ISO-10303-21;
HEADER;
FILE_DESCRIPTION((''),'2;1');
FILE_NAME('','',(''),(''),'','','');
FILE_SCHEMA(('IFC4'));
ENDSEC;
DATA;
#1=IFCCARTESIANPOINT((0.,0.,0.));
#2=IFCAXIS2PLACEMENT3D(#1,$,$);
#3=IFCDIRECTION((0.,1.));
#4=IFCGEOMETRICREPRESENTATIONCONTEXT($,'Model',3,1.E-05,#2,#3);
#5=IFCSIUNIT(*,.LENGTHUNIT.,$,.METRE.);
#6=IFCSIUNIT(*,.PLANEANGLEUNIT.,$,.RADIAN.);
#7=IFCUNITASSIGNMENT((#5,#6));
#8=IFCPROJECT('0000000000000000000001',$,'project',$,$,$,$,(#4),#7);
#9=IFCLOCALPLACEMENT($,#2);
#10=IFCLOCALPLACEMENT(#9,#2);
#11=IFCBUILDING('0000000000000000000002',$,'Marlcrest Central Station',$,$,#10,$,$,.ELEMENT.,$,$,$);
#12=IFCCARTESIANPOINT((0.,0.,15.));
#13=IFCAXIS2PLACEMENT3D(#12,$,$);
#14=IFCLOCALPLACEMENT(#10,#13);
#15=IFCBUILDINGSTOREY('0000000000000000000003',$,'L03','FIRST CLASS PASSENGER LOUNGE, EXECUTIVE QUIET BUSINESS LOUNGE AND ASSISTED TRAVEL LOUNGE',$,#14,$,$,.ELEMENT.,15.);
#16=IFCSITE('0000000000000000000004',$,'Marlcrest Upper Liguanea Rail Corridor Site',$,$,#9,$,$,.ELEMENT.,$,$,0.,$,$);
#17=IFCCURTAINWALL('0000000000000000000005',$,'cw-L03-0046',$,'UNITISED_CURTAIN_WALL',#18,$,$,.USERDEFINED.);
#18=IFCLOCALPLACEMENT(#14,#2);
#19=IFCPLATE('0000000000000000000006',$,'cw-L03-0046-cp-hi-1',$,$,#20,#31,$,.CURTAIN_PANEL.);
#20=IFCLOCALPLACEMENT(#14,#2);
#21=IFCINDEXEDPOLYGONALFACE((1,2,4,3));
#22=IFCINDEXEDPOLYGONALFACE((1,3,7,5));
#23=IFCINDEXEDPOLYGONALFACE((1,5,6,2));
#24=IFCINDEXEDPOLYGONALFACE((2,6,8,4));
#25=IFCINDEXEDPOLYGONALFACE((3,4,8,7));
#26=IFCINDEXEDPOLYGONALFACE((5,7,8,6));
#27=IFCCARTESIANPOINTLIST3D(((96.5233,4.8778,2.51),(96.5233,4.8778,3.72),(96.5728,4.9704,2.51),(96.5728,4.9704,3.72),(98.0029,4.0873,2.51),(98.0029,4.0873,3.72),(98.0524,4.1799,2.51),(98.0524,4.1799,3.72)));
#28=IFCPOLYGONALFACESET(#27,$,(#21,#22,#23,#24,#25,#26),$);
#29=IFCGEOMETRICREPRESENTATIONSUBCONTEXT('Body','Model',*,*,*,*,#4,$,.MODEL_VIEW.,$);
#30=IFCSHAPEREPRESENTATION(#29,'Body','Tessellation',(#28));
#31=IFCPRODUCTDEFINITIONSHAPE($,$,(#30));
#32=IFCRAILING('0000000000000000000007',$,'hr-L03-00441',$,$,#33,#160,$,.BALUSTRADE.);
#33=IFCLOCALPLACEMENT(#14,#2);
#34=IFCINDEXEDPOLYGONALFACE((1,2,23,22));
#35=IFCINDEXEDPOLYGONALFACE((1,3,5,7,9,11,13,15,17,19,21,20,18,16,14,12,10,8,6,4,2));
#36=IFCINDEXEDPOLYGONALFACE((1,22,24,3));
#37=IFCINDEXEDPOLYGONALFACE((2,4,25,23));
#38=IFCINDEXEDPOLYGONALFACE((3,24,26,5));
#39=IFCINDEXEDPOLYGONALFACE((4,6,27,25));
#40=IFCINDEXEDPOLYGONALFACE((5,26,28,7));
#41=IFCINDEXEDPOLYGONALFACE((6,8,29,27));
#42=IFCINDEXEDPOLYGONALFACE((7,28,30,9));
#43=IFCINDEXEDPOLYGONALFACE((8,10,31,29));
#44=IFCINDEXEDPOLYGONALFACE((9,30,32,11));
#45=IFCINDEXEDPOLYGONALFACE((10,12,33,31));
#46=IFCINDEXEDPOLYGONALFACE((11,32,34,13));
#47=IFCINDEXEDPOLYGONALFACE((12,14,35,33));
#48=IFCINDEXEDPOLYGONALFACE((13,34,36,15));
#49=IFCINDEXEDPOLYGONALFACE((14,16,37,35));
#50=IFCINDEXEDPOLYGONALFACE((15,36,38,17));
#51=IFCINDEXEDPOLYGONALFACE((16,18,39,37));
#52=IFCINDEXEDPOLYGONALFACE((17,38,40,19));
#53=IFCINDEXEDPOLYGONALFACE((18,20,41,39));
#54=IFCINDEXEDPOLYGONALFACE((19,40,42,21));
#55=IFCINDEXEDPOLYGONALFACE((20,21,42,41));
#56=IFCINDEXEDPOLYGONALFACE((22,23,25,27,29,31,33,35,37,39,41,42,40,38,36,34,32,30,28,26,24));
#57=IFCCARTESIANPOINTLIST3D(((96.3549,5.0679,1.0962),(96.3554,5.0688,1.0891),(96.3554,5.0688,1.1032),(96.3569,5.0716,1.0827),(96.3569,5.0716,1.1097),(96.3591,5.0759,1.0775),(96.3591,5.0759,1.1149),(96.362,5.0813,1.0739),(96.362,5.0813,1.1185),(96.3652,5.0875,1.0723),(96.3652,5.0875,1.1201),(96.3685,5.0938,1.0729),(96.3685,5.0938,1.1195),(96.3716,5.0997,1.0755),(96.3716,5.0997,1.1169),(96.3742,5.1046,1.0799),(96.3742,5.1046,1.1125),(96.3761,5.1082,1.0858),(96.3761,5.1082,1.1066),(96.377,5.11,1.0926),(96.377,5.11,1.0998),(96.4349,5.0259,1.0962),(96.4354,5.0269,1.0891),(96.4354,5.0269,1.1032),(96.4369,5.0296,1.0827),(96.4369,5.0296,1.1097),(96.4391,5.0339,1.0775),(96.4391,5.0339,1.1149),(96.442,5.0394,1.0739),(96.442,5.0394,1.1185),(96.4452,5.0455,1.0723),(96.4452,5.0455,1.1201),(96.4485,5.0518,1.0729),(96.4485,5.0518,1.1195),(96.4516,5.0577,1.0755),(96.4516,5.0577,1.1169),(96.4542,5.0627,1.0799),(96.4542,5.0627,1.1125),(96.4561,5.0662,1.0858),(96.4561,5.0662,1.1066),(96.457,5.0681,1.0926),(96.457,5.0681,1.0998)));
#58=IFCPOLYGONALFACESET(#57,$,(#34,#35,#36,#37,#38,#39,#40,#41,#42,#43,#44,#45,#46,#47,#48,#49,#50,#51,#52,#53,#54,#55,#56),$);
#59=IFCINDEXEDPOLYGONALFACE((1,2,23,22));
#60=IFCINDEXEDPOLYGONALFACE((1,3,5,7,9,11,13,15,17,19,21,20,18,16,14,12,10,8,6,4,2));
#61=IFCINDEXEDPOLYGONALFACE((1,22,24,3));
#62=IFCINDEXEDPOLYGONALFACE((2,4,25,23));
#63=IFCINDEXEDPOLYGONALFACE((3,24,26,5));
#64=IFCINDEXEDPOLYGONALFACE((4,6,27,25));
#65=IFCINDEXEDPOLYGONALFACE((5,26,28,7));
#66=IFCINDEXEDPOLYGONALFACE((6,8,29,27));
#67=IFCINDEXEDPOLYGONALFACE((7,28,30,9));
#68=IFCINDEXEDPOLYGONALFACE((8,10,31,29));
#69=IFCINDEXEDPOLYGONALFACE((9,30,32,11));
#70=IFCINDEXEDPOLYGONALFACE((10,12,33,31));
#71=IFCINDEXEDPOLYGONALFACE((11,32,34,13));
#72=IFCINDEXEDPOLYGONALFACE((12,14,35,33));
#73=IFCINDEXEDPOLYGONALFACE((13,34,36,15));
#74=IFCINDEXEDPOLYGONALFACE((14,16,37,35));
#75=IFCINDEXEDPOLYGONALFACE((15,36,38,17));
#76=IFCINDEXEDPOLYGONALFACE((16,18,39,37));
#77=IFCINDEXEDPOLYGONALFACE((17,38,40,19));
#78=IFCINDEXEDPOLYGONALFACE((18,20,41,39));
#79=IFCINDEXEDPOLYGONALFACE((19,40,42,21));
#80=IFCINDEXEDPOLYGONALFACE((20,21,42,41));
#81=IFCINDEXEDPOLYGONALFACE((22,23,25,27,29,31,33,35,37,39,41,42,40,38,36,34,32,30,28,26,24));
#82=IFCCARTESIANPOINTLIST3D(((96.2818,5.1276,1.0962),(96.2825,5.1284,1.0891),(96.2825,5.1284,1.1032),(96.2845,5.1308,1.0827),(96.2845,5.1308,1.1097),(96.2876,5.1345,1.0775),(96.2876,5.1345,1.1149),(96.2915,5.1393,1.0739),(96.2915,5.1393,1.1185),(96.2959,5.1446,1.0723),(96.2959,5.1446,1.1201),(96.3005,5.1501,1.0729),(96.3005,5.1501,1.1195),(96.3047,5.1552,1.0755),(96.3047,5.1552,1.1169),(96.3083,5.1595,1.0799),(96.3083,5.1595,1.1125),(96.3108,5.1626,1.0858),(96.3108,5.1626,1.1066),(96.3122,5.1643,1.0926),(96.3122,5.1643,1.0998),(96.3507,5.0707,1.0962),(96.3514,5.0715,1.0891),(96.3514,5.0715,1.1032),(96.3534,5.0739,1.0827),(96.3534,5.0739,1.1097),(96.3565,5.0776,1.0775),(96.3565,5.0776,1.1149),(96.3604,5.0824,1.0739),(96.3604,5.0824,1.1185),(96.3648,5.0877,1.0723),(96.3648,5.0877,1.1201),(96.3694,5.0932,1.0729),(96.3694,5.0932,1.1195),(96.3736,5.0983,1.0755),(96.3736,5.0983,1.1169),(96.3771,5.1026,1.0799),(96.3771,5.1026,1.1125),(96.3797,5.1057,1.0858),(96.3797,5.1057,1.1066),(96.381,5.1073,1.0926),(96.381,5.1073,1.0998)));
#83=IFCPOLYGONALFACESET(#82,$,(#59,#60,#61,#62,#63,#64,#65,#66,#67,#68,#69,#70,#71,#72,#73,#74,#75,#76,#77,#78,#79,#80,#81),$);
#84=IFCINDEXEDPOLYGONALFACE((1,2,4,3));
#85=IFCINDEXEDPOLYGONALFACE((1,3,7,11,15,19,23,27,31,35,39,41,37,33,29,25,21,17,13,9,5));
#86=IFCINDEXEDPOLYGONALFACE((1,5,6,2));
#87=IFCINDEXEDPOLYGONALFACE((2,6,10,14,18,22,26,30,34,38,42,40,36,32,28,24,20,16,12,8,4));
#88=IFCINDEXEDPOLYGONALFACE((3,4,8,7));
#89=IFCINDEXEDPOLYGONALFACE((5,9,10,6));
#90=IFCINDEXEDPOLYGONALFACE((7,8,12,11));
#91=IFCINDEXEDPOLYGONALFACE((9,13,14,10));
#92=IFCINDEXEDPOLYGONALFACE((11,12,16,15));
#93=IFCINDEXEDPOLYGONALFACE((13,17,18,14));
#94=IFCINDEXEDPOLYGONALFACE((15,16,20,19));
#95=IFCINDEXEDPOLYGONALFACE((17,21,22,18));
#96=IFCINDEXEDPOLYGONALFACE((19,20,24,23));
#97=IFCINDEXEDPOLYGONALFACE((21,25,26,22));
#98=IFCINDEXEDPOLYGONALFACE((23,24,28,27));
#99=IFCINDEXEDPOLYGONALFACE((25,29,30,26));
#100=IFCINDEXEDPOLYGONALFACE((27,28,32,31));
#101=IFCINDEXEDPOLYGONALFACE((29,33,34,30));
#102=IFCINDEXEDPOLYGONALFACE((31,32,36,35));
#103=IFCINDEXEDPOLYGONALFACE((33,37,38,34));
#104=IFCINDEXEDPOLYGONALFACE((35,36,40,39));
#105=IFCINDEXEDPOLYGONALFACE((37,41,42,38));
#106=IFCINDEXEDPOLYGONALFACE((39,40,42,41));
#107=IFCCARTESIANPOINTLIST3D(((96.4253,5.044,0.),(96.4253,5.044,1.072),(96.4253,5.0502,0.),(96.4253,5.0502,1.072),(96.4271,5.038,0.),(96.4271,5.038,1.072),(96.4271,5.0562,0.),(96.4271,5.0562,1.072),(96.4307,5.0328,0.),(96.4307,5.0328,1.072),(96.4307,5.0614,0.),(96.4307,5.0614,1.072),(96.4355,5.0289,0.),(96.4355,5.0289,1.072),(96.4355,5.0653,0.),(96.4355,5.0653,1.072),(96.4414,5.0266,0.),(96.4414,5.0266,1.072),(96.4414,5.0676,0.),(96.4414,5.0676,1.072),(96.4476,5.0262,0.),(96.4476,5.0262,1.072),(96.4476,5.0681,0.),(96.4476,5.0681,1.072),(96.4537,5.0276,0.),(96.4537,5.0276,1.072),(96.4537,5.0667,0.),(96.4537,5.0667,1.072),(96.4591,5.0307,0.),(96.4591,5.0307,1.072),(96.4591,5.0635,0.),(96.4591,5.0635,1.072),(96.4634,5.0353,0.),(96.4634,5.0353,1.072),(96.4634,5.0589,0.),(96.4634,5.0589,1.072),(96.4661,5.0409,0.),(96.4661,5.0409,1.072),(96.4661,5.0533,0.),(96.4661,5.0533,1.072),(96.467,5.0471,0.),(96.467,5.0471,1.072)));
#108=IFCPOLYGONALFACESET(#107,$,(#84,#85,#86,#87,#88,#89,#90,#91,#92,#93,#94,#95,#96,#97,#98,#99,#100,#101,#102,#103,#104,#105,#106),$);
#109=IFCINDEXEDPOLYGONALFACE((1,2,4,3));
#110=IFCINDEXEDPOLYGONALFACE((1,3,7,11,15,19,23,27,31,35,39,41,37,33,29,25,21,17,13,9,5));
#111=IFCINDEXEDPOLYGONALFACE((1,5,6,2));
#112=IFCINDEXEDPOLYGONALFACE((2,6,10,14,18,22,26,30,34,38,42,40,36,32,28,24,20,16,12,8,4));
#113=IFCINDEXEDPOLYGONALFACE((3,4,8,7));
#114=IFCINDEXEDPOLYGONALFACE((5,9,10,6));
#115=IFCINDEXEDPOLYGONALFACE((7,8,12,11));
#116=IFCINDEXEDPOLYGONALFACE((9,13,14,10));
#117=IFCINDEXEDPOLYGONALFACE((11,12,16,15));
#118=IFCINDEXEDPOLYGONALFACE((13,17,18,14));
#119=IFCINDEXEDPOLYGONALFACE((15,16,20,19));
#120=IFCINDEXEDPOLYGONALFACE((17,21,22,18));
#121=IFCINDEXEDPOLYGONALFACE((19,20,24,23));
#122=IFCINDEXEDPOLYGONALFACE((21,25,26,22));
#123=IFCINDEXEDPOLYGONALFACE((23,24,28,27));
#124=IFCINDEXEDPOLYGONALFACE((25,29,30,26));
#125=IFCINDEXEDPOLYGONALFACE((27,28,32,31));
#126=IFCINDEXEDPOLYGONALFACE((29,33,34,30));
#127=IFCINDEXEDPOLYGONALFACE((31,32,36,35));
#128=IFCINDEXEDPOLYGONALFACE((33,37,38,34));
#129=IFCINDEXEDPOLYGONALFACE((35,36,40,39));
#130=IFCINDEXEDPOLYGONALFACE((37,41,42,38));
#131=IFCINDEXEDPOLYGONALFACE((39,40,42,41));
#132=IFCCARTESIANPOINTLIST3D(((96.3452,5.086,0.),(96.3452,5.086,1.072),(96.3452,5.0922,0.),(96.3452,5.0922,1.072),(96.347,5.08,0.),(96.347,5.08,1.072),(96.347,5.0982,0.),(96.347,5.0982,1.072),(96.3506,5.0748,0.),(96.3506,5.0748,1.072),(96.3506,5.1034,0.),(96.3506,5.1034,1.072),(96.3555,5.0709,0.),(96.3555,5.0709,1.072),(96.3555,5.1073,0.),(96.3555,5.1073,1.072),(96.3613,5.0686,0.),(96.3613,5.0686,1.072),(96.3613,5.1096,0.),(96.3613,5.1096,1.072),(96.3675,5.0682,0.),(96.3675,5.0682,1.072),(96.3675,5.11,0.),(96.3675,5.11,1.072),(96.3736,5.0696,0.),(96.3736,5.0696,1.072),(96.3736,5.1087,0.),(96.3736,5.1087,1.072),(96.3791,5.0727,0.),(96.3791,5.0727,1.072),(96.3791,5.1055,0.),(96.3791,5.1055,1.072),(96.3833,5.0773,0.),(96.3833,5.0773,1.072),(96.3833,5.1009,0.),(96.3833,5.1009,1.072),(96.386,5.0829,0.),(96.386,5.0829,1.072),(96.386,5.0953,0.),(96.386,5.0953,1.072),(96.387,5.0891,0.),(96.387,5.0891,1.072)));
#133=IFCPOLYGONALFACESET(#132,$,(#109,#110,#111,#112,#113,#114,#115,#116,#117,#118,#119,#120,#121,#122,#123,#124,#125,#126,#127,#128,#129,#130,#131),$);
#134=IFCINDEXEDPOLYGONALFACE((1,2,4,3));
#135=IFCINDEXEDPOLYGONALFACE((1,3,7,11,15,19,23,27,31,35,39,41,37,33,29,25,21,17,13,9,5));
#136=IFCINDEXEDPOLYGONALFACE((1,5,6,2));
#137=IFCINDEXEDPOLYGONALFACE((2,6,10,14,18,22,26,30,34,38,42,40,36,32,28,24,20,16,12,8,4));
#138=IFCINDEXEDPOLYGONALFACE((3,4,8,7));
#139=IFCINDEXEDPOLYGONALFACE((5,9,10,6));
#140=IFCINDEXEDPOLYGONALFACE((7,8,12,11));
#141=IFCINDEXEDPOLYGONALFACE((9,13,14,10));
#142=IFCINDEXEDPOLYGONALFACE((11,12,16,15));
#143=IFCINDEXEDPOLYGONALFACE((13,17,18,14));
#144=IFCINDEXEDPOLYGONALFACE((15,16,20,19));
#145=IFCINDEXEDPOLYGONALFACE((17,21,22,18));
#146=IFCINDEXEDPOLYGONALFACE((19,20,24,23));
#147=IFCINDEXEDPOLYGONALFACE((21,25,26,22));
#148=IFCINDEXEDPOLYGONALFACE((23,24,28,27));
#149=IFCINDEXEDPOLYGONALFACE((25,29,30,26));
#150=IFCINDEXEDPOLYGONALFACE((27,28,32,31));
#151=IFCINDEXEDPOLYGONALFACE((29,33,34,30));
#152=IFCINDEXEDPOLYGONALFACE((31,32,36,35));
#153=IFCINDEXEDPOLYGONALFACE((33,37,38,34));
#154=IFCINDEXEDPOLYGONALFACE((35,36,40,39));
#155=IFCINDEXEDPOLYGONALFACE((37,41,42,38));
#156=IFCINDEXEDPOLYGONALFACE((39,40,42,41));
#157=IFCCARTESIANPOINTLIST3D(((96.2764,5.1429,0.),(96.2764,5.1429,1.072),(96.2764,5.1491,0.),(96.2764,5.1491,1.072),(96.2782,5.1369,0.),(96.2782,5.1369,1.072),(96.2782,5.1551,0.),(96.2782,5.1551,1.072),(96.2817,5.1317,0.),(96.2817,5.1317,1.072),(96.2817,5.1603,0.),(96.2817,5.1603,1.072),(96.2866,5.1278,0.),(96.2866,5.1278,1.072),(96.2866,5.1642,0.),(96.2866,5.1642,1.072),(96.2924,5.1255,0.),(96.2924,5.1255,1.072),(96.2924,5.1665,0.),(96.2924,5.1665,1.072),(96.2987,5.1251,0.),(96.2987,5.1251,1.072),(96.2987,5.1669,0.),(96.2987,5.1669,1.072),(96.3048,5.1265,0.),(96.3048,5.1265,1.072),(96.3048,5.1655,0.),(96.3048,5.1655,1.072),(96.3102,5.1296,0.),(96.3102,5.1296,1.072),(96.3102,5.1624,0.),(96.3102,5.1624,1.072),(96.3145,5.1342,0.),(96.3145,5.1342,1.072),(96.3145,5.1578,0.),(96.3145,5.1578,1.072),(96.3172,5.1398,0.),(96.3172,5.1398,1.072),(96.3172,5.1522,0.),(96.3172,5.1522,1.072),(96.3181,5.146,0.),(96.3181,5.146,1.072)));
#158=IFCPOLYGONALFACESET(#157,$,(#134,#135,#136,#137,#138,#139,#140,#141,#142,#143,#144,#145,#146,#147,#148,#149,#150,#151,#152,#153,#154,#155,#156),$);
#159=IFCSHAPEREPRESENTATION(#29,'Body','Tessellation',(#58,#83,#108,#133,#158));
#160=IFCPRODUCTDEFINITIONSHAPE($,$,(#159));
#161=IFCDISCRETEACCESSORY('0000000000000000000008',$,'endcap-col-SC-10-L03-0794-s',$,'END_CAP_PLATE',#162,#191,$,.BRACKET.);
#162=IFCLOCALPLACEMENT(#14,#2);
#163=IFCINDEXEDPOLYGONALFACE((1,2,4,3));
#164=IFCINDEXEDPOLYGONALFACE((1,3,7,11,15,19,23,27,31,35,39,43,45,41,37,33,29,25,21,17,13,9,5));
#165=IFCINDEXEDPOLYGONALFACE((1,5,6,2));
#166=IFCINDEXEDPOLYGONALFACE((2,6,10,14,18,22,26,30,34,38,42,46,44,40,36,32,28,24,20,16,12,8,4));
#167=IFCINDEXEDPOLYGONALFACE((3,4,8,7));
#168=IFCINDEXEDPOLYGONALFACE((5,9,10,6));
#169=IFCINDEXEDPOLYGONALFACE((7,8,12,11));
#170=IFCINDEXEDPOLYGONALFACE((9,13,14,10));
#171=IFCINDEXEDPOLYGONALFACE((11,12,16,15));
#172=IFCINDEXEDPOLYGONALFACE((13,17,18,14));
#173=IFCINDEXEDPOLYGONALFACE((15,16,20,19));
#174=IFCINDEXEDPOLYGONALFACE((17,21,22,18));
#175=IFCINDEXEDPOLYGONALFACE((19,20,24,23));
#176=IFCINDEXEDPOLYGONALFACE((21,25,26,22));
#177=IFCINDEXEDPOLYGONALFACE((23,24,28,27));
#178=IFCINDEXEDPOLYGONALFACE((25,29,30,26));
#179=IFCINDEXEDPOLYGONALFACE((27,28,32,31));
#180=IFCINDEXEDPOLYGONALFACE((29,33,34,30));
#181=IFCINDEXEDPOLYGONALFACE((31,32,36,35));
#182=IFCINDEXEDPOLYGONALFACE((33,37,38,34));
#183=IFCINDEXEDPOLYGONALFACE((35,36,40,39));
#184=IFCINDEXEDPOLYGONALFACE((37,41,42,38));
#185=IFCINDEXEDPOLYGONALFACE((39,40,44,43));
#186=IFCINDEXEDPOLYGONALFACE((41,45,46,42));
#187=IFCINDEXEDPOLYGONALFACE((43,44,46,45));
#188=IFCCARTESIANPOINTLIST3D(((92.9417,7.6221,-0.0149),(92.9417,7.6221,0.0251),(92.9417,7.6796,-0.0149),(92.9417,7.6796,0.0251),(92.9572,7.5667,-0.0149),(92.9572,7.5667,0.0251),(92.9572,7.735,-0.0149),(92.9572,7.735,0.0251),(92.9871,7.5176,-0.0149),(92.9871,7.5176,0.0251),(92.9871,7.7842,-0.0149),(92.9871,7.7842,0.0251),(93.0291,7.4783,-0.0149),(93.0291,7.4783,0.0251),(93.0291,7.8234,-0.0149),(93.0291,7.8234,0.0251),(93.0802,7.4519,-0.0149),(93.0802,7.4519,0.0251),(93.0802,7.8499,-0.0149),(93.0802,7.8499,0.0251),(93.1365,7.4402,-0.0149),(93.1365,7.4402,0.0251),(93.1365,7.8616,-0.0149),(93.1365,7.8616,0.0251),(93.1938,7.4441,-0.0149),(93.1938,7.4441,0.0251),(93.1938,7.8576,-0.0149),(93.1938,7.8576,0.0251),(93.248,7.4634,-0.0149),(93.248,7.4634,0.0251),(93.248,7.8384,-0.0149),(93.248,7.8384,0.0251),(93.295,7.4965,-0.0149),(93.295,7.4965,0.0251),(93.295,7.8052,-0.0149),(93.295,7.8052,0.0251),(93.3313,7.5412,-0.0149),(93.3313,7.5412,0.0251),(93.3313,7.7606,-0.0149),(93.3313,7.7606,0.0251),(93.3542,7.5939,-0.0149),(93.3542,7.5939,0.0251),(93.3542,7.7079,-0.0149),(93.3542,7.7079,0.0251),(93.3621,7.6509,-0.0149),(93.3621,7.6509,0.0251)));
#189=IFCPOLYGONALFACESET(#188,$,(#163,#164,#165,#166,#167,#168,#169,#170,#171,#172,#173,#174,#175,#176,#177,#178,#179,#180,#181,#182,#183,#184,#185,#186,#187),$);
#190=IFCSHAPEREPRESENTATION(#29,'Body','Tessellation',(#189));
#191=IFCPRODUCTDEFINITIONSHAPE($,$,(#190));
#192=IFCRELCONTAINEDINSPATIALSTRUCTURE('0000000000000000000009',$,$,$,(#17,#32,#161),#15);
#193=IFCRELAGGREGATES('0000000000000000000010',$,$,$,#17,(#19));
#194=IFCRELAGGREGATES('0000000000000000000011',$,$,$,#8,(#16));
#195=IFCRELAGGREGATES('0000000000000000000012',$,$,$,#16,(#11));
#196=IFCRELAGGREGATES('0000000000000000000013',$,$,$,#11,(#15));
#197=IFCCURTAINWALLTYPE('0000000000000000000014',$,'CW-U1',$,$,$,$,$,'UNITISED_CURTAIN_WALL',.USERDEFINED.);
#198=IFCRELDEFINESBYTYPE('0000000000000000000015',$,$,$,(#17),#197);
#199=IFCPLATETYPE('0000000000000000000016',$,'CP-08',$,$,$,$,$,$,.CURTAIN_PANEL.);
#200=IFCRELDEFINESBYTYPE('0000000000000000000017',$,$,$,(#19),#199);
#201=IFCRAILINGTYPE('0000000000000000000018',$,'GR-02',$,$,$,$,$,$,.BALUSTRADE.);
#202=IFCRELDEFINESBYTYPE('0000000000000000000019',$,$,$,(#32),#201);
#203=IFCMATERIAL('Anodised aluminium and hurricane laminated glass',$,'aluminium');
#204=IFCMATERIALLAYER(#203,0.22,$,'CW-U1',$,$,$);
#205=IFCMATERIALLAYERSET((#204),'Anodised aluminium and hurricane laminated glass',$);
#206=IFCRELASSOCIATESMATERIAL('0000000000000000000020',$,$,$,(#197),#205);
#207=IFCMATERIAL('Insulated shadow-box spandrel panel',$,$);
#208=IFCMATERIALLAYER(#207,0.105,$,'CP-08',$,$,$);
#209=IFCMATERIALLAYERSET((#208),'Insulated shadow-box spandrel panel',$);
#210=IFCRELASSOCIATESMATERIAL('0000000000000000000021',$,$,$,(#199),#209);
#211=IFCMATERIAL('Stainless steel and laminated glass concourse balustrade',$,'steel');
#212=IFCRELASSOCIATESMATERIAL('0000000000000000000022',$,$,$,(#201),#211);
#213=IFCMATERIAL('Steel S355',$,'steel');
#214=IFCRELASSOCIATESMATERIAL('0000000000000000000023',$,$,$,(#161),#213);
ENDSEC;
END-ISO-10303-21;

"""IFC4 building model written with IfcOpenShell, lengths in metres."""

from ifc_helpers import new_model, si_unit, direction, frame, origin, origin_2d, place, context, subcontext, project, spatial, rectangle, circle, extrude, material, layer, layer_set, type_object, element, aggregate, save


model = new_model("IFC4")

# Units and contexts
model_context = context("Model", 3, precision=1e-05, world=origin(), true_north=direction((0.0, 1.0)))
body_context = subcontext(model_context, "Body", "Model", "MODEL_VIEW")
ifc_project = project(units=[si_unit("LENGTHUNIT", "METRE"), si_unit("PLANEANGLEUNIT", "RADIAN")], contexts=[model_context])

# Site, building, storey
site_placement = place(None, origin())
site = spatial("IfcSite", under=ifc_project, at=site_placement, Name="Marlcrest Upper Liguanea Rail Corridor Site", CompositionType="ELEMENT", RefElevation=0.0)
building_placement = place(site_placement, origin())
building = spatial("IfcBuilding", under=site, at=building_placement, Name="Marlcrest Central Station", CompositionType="ELEMENT")
storey_placement = place(building_placement, frame((0.0, 0.0, 15.0)))
storey = spatial("IfcBuildingStorey", under=building, at=storey_placement, Name="L03", Description="FIRST CLASS PASSENGER LOUNGE, EXECUTIVE QUIET BUSINESS LOUNGE AND ASSISTED TRAVEL LOUNGE", CompositionType="ELEMENT", Elevation=15.0)

# Shared definitions
ifc_material_1 = material(Name="Steel S355", Category="steel")

# Curtain wall
ifc_material_2 = material(Name="Anodised aluminium and hurricane laminated glass", Category="aluminium")
ifc_layer_1 = layer(ifc_material_2, 0.22, Name="CW-U1")
ifc_layer_set_1 = layer_set([ifc_layer_1], Name="Anodised aluminium and hurricane laminated glass")
curtain_wall_type = type_object("IfcCurtainWallType", Name="CW-U1", ElementType="UNITISED_CURTAIN_WALL", PredefinedType="USERDEFINED", material=ifc_layer_set_1)
curtain_wall_1_placement = place(storey_placement, origin())
curtain_wall_1 = element("IfcCurtainWall", 1, at=curtain_wall_1_placement, inside=storey, type_object=curtain_wall_type, Name="cw-L03-0046", ObjectType="UNITISED_CURTAIN_WALL", PredefinedType="USERDEFINED")

# Plate
ifc_material_3 = material(Name="Insulated shadow-box spandrel panel")
ifc_layer_2 = layer(ifc_material_3, 0.105, Name="CP-08")
ifc_layer_set_2 = layer_set([ifc_layer_2], Name="Insulated shadow-box spandrel panel")
plate_type_1 = type_object("IfcPlateType", Name="CP-08", PredefinedType="CURTAIN_PANEL", material=ifc_layer_set_2)
plate_1_placement = place(storey_placement, frame((97.2878, 4.5288, 2.51), z_axis=(0.0, 0.0, 1.0), x_axis=(-0.882004, 0.471243, 0.0)))
plate_1 = element("IfcPlate", 2, at=plate_1_placement, type_object=plate_type_1, Name="cw-L03-0046-cp-hi-1", PredefinedType="CURTAIN_PANEL", context=body_context, shape_type="SweptSolid", body=[
    extrude(rectangle(XDim=1.6775, YDim=0.105, at=origin_2d()), origin(), (0.0, 0.0, 1.0), 1.21),
])
aggregate(curtain_wall_1, [plate_1])

# Railing
ifc_material_4 = material(Name="Stainless steel and laminated glass concourse balustrade", Category="steel")
railing_type = type_object("IfcRailingType", Name="GR-02", PredefinedType="BALUSTRADE", material=ifc_material_4)
railing_placement = place(storey_placement, frame((96.446, 5.0471, 0.0)))
element("IfcRailing", 3, at=railing_placement, inside=storey, type_object=railing_type, Name="hr-L03-00441", PredefinedType="BALUSTRADE", context=body_context, shape_type="SweptSolid", body=[
    extrude(circle(Radius=0.0239, at=origin_2d()), frame((0.0, 0.0, 1.0962), z_axis=(-0.88562, 0.464411, 0.0), x_axis=(-0.464411, -0.88562, 0.0)), (0.0, 0.0, 1.0), 0.0903),
    extrude(circle(Radius=0.0239, at=origin_2d()), frame((-0.0801, 0.042, 1.0962), z_axis=(-0.770903, 0.636952, 0.0), x_axis=(-0.636952, -0.770903, 0.0)), (0.0, 0.0, 1.0), 0.0894),
    extrude(circle(Radius=0.021, at=origin_2d()), origin(), (0.0, 0.0, 1.0), 1.072),
    extrude(circle(Radius=0.021, at=origin_2d()), frame((-0.0801, 0.042, 0.0)), (0.0, 0.0, 1.0), 1.072),
    extrude(circle(Radius=0.021, at=origin_2d()), frame((-0.1489, 0.0989, 0.0)), (0.0, 0.0, 1.0), 1.072),
])

# Discrete accessory
for number, where, z_axis, x_axis, name in (
    (4, (93.1509, 7.6509, -0.0149), (0.0, 0.0, 1.0), (1.0, 0.0, 0.0), "endcap-col-SC-10-L03-0794-s"),
):
    element("IfcDiscreteAccessory", number, at=place(storey_placement, frame(where, z_axis=z_axis, x_axis=x_axis)), inside=storey, material=ifc_material_1, Name=name, ObjectType="END_CAP_PLATE", PredefinedType="BRACKET", context=body_context, shape_type="SweptSolid", body=[
        extrude(circle(Radius=0.2112, at=origin_2d()), origin(), (0.0, 0.0, 1.0), 0.04),
    ])

save(model, "model.ifc")
